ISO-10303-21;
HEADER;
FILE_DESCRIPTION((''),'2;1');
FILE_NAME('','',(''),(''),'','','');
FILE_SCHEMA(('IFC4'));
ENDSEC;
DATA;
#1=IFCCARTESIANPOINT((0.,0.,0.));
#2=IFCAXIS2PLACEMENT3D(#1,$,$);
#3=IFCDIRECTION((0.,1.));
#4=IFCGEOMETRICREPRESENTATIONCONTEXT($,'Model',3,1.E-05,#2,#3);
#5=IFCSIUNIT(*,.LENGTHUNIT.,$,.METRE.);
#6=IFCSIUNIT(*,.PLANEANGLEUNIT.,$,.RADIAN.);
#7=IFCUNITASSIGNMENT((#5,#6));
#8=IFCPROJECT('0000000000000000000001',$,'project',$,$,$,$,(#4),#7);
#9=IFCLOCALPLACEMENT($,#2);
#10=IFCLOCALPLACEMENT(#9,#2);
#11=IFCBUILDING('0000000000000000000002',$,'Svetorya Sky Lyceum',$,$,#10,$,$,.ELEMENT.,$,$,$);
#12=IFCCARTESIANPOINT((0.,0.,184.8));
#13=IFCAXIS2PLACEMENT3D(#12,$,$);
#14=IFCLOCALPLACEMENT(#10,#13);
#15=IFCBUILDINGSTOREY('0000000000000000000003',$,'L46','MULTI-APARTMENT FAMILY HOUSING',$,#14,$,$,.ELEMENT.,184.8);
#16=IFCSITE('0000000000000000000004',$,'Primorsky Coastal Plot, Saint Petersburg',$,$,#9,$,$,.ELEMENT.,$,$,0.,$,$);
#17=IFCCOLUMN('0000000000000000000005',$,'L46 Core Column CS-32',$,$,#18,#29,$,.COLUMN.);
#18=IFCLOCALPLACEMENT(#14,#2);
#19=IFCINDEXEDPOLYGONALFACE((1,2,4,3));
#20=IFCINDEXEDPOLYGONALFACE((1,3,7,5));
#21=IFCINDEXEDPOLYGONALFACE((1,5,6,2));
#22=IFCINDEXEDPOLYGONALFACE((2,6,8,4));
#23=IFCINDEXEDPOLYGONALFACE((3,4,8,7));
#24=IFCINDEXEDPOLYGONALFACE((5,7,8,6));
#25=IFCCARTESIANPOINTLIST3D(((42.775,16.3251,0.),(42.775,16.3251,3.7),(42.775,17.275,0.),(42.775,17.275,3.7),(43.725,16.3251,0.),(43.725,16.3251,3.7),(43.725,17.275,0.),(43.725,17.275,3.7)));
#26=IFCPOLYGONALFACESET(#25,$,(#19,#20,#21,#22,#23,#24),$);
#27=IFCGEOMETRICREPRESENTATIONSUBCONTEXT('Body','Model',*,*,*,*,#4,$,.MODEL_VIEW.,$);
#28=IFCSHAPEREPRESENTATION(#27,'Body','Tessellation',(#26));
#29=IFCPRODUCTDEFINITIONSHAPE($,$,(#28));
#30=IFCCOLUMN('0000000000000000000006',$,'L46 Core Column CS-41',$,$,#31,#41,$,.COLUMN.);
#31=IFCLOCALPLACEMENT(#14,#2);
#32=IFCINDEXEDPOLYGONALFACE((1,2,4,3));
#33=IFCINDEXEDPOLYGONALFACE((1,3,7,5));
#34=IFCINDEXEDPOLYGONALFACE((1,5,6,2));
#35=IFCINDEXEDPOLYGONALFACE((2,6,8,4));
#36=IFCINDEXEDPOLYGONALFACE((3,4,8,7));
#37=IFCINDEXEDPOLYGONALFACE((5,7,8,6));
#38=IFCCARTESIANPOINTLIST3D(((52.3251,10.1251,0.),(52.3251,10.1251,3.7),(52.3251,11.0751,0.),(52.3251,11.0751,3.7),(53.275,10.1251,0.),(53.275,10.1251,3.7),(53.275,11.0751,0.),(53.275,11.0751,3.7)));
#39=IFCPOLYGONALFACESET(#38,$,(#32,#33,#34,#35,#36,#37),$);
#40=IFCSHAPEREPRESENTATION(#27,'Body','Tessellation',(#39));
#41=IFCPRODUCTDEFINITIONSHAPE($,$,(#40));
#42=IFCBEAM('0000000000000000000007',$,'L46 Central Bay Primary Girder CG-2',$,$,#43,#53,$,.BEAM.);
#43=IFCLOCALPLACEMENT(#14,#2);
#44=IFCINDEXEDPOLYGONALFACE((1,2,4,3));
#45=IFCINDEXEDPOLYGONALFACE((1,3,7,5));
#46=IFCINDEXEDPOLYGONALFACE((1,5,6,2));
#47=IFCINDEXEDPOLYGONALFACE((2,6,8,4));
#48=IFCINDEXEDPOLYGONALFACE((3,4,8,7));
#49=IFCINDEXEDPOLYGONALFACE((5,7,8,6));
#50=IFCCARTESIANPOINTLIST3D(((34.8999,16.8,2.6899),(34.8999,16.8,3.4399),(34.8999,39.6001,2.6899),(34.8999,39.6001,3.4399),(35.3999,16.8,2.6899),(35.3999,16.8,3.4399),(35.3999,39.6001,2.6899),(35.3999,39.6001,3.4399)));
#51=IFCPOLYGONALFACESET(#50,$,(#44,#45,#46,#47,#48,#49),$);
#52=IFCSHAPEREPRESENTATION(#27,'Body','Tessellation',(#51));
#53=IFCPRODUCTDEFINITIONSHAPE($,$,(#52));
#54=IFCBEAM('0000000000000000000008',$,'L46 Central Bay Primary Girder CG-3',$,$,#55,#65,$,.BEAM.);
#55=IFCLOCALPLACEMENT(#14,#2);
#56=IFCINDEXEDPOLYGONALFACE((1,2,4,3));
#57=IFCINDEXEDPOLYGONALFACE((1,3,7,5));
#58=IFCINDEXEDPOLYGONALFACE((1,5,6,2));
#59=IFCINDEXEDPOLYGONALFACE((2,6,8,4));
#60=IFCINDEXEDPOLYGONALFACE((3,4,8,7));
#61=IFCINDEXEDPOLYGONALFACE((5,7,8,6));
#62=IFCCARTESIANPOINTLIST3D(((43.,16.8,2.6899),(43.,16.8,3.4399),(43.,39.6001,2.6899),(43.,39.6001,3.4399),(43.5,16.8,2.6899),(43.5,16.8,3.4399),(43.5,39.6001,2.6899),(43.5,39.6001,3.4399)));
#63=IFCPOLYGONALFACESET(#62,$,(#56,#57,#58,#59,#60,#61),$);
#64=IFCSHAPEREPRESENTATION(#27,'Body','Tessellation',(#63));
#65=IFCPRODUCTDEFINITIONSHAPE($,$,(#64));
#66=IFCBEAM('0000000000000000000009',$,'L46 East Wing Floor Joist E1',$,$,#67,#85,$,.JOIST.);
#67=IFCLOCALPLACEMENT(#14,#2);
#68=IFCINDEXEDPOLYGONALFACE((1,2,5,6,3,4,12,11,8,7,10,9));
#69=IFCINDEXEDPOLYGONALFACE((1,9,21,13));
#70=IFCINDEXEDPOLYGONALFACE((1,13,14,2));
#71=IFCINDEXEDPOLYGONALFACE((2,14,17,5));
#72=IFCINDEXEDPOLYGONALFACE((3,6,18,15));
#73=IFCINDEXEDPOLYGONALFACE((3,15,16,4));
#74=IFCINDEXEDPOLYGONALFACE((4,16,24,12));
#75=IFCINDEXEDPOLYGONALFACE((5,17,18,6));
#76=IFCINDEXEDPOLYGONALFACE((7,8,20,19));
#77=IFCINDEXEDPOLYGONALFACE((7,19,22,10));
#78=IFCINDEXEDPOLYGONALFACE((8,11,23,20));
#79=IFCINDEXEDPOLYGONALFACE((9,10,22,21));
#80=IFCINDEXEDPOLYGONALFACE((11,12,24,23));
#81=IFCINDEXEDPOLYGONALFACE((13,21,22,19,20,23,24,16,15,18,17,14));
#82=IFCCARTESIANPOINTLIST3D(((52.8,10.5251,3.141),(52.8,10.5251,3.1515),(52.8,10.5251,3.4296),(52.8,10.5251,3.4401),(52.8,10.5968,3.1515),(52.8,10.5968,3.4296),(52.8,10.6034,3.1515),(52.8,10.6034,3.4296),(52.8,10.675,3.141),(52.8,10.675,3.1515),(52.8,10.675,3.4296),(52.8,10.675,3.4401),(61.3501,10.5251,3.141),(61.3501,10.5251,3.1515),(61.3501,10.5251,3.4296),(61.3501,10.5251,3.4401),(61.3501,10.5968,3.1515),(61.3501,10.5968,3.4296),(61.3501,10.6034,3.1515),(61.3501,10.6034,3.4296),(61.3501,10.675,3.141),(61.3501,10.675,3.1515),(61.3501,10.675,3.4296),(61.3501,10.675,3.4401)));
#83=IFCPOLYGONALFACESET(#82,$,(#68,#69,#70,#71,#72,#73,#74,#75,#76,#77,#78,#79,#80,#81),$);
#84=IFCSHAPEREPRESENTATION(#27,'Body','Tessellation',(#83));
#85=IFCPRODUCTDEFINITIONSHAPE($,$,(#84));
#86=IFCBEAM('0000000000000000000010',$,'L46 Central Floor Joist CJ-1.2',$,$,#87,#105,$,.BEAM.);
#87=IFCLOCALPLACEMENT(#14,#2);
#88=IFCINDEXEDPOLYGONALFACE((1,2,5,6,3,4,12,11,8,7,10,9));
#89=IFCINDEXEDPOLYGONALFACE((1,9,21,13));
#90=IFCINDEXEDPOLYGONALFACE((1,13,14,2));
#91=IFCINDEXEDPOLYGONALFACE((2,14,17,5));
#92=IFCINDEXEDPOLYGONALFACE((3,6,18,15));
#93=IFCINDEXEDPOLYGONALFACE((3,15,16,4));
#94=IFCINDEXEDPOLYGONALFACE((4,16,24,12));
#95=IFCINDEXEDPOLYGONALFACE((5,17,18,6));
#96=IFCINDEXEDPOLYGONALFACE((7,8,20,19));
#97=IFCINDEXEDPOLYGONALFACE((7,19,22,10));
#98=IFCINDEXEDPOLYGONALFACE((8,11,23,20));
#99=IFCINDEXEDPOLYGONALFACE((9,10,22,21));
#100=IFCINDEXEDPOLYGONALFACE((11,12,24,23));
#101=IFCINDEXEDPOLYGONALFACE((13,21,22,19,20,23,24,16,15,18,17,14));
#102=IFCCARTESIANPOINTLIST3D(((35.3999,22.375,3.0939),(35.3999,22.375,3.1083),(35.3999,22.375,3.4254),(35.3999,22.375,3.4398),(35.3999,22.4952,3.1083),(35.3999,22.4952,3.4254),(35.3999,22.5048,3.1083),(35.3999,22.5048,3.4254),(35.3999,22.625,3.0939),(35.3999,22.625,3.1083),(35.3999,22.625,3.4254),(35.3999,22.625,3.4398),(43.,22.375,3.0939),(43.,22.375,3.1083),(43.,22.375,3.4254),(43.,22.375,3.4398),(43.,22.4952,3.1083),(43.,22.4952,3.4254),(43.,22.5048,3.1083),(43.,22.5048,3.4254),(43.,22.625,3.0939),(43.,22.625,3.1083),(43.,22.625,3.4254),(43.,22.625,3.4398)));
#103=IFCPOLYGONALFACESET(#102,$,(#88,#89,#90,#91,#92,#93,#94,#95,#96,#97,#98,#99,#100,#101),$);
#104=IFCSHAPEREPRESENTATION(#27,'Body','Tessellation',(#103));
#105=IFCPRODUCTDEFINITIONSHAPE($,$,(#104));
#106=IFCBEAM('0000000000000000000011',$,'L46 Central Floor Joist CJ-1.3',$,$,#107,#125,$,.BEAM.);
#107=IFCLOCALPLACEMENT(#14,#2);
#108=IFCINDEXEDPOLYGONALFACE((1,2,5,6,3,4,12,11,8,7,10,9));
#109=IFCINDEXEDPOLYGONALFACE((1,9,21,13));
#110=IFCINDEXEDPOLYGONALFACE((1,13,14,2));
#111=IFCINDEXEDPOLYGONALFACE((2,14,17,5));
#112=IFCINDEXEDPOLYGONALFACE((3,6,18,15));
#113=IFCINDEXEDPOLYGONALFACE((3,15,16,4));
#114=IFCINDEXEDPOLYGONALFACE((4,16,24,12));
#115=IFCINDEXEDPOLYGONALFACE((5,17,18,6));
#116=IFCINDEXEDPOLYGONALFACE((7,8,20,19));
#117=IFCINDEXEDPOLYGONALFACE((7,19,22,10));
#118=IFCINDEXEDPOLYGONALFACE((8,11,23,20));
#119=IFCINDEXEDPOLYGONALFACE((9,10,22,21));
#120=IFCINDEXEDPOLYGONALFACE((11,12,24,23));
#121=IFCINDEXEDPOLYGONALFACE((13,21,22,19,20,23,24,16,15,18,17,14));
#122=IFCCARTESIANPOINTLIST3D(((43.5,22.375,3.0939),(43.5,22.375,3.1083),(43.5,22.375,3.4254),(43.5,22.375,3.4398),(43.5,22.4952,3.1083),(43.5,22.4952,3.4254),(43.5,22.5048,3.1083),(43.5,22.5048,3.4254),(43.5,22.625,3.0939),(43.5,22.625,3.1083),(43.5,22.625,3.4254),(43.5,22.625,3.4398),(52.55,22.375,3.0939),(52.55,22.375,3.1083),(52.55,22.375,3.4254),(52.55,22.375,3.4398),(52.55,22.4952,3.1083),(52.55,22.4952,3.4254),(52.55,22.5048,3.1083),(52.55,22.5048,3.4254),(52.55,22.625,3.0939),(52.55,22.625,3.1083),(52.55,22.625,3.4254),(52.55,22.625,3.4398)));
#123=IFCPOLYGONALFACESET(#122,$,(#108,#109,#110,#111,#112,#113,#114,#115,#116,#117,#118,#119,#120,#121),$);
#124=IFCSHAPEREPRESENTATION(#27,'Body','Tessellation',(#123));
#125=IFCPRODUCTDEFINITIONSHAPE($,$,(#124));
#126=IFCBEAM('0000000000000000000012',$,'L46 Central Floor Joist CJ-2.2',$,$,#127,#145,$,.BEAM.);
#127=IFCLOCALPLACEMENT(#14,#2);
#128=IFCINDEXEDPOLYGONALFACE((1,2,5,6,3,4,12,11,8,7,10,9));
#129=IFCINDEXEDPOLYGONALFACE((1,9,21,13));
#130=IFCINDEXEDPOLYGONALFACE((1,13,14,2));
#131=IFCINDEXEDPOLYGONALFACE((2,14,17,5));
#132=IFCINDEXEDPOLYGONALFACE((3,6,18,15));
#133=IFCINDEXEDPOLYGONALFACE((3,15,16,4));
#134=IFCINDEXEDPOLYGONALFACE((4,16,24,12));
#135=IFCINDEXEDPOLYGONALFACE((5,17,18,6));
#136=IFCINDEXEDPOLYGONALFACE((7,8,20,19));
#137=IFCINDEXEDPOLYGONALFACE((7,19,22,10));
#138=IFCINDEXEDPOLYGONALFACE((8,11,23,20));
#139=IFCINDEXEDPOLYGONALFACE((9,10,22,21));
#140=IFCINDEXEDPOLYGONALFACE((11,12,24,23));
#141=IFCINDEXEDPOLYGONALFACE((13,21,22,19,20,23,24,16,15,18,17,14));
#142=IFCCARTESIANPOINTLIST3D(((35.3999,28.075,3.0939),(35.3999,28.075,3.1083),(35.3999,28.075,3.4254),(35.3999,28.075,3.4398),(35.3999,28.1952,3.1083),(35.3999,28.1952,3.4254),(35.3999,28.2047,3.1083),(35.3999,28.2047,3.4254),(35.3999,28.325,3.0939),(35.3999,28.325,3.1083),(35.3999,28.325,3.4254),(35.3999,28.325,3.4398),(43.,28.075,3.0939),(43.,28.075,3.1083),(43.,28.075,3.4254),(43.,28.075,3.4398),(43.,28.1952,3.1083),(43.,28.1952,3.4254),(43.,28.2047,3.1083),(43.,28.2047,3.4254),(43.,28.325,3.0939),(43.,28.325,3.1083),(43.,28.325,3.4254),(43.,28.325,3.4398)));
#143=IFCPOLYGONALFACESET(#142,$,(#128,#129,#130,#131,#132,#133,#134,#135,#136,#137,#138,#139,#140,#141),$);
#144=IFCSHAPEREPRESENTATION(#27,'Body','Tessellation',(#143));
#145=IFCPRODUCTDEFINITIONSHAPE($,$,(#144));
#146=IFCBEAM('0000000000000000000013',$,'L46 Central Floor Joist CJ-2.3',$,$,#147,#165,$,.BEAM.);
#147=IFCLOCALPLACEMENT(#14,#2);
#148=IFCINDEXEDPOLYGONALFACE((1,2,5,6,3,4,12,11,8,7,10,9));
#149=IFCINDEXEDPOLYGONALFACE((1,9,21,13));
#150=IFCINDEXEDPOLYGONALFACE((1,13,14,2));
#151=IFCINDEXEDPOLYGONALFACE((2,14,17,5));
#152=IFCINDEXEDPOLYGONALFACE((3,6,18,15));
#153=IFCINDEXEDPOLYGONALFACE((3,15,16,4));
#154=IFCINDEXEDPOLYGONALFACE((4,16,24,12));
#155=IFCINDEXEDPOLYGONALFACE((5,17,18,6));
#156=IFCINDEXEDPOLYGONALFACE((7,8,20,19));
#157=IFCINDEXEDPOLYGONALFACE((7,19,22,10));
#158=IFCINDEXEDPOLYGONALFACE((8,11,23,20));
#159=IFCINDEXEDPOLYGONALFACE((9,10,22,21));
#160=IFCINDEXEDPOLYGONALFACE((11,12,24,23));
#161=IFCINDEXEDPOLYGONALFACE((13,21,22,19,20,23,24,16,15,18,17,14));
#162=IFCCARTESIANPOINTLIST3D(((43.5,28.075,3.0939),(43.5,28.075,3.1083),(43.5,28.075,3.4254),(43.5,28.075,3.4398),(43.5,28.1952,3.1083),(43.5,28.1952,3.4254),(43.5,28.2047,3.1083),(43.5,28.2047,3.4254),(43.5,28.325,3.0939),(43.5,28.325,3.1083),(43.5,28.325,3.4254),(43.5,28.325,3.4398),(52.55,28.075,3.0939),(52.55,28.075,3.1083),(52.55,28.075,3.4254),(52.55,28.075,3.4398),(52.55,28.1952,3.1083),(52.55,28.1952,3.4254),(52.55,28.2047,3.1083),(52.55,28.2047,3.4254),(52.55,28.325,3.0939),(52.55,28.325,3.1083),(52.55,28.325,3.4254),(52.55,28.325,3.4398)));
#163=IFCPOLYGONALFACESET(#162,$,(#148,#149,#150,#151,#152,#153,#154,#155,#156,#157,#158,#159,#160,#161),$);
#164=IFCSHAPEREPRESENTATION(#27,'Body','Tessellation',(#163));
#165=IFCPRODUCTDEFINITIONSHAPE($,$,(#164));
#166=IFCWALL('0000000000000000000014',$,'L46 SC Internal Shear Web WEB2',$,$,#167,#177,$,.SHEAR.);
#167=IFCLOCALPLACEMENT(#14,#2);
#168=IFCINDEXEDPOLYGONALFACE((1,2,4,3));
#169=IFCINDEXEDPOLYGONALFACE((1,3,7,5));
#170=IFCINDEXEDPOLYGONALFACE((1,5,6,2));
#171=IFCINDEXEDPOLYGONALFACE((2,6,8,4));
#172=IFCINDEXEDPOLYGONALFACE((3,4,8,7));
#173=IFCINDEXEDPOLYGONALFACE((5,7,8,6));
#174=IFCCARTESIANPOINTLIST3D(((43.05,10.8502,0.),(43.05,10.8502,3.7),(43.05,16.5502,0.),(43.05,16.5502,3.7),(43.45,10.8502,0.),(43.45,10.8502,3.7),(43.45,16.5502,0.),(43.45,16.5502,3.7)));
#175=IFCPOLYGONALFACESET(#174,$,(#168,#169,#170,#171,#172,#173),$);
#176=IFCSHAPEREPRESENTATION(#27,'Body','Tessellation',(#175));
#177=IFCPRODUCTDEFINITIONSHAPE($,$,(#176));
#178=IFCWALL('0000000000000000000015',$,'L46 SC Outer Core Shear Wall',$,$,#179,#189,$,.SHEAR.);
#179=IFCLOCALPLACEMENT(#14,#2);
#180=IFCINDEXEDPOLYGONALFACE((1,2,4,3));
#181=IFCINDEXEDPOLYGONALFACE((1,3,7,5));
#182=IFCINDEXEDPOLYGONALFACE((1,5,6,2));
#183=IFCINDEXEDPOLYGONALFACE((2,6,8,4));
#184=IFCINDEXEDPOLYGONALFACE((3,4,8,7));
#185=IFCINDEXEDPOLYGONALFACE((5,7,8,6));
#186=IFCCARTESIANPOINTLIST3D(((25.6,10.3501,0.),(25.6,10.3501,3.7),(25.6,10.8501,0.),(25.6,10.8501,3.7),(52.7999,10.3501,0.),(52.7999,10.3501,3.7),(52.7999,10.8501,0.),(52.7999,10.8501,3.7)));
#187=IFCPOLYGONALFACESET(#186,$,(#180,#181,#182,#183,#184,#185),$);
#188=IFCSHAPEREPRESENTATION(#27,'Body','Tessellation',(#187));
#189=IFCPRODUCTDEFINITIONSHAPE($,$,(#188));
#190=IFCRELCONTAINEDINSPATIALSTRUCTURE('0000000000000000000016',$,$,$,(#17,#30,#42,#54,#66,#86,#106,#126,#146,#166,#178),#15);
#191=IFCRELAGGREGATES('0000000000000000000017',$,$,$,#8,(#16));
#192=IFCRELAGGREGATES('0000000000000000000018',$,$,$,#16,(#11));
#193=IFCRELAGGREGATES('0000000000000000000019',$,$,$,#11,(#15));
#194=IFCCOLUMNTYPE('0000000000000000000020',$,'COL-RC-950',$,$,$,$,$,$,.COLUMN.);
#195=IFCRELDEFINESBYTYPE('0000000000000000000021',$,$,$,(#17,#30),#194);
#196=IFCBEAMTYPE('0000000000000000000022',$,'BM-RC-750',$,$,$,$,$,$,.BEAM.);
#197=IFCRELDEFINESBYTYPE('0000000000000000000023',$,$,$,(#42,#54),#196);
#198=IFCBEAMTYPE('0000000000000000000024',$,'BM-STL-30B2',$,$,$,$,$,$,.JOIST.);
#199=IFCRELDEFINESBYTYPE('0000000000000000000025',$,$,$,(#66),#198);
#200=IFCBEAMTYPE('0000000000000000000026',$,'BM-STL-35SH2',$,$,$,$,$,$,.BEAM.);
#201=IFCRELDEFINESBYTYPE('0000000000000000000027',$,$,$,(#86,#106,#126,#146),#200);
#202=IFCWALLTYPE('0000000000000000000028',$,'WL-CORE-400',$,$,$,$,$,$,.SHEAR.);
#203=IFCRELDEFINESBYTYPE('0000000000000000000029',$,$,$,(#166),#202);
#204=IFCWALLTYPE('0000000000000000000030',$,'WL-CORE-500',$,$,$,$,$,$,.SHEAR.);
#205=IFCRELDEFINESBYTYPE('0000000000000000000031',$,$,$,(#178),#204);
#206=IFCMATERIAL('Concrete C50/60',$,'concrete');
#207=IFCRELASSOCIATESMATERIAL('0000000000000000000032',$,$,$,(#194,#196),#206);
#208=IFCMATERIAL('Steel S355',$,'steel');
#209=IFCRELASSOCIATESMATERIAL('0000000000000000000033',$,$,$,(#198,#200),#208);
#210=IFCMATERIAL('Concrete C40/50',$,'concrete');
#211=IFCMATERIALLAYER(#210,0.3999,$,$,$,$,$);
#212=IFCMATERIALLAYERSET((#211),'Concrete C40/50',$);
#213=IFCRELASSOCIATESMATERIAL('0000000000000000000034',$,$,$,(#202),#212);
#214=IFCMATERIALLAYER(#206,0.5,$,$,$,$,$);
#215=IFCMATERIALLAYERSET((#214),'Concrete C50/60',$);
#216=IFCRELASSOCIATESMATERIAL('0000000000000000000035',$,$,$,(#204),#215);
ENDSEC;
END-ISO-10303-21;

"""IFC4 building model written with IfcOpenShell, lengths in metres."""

from ifc_helpers import new_model, si_unit, direction, frame, frame_2d, origin, origin_2d, place, context, subcontext, project, spatial, rectangle, i_section, extrude, material, layer, layer_set, material_profile, profile_set, type_object, element, save


model = new_model("IFC4")

# Units and contexts
model_context = context("Model", 3, precision=1e-05, world=origin(), true_north=direction((0.0, 1.0)))
body_context = subcontext(model_context, "Body", "Model", "MODEL_VIEW")
ifc_project = project(units=[si_unit("LENGTHUNIT", "METRE"), si_unit("PLANEANGLEUNIT", "RADIAN")], contexts=[model_context])

# Site, building, storey
site_placement = place(None, origin())
site = spatial("IfcSite", under=ifc_project, at=site_placement, Name="Primorsky Coastal Plot, Saint Petersburg", CompositionType="ELEMENT", RefElevation=0.0)
building_placement = place(site_placement, origin())
building = spatial("IfcBuilding", under=site, at=building_placement, Name="Svetorya Sky Lyceum", CompositionType="ELEMENT")
storey_placement = place(building_placement, frame((0.0, 0.0, 184.8)))
storey = spatial("IfcBuildingStorey", under=building, at=storey_placement, Name="L46", Description="MULTI-APARTMENT FAMILY HOUSING", CompositionType="ELEMENT", Elevation=184.8)

# Columns
ifc_material_1 = material(Name="Concrete C50/60", Category="concrete")
ifc_material_profile_1 = material_profile(ifc_material_1, rectangle(XDim=0.95, YDim=0.95, at=origin_2d()), Name="RC COL 950x950")
ifc_profile_set_1 = profile_set([ifc_material_profile_1], Name="Concrete C50/60")
column_type = type_object("IfcColumnType", Name="COL-RC-950", PredefinedType="COLUMN", material=ifc_profile_set_1)
for number, where, z_axis, x_axis, name in (
    (1, (43.25, 16.8, 0.0), (0.0, 0.0, 1.0), (1.0, 0.0, 0.0), "L46 Core Column CS-32"),
    (2, (52.8, 10.6001, 0.0), (0.0, 0.0, 1.0), (1.0, 0.0, 0.0), "L46 Core Column CS-41"),
):
    element("IfcColumn", number, at=place(storey_placement, frame(where, z_axis=z_axis, x_axis=x_axis)), inside=storey, type_object=column_type, Name=name, PredefinedType="COLUMN", context=body_context, shape_type="SweptSolid", body=[
        extrude(rectangle(XDim=0.95, YDim=0.95, at=origin_2d()), origin(), (0.0, 0.0, 1.0), 3.7),
    ])

# Beams
ifc_material_profile_2 = material_profile(ifc_material_1, rectangle(XDim=0.5, YDim=0.75, at=origin_2d()), Name="RC BEAM 500x750")
ifc_profile_set_2 = profile_set([ifc_material_profile_2], Name="Concrete C50/60")
beam_type_1 = type_object("IfcBeamType", Name="BM-RC-750", PredefinedType="BEAM", material=ifc_profile_set_2)
for number, where, z_axis, x_axis, name in (
    (3, (35.1499, 16.8, 3.0649), (0.0, 1.0, 0.0), (-1.0, 0.0, 0.0), "L46 Central Bay Primary Girder CG-2"),
    (4, (43.25, 16.8, 3.0649), (0.0, 1.0, 0.0), (-1.0, 0.0, 0.0), "L46 Central Bay Primary Girder CG-3"),
):
    element("IfcBeam", number, at=place(storey_placement, frame(where, z_axis=z_axis, x_axis=x_axis)), inside=storey, type_object=beam_type_1, Name=name, PredefinedType="BEAM", context=body_context, shape_type="SweptSolid", body=[
        extrude(rectangle(XDim=0.5, YDim=0.75, at=origin_2d()), origin(), (0.0, 0.0, 1.0), 22.8),
    ])
ifc_material_2 = material(Name="Steel S355", Category="steel")
ifc_material_profile_3 = material_profile(ifc_material_2, i_section(OverallWidth=0.1499, OverallDepth=0.2991, WebThickness=0.0066, FlangeThickness=0.0105, at=origin_2d()), Name="GOST 30B2")
ifc_profile_set_3 = profile_set([ifc_material_profile_3], Name="Steel S355")
beam_type_2 = type_object("IfcBeamType", Name="BM-STL-30B2", PredefinedType="JOIST", material=ifc_profile_set_3)
beam_1_placement = place(storey_placement, frame((52.8, 10.6001, 3.2905), z_axis=(1.0, 0.0, 0.0), x_axis=(0.0, 1.0, 0.0)))
element("IfcBeam", 5, at=beam_1_placement, inside=storey, type_object=beam_type_2, Name="L46 East Wing Floor Joist E1", PredefinedType="JOIST", context=body_context, shape_type="SweptSolid", body=[
    extrude(i_section(OverallWidth=0.1499, OverallDepth=0.2991, WebThickness=0.0066, FlangeThickness=0.0105, at=origin_2d()), origin(), (0.0, 0.0, 1.0), 8.55),
])
ifc_material_profile_4 = material_profile(ifc_material_2, i_section(OverallWidth=0.25, OverallDepth=0.3459, WebThickness=0.0095, FlangeThickness=0.0144, at=origin_2d()), Name="GOST 35Sh2")
ifc_profile_set_4 = profile_set([ifc_material_profile_4], Name="Steel S355")
beam_type_3 = type_object("IfcBeamType", Name="BM-STL-35SH2", PredefinedType="BEAM", material=ifc_profile_set_4)
beam_2_placement = place(storey_placement, frame((35.3999, 22.5, 3.2668), z_axis=(1.0, 0.0, 0.0), x_axis=(0.0, 1.0, 0.0)))
element("IfcBeam", 6, at=beam_2_placement, inside=storey, type_object=beam_type_3, Name="L46 Central Floor Joist CJ-1.2", PredefinedType="BEAM", context=body_context, shape_type="SweptSolid", body=[
    extrude(i_section(OverallWidth=0.25, OverallDepth=0.3459, WebThickness=0.0095, FlangeThickness=0.0144, at=origin_2d()), origin(), (0.0, 0.0, 1.0), 7.6001),
])
beam_3_placement = place(storey_placement, frame((43.5, 22.5, 3.2668), z_axis=(1.0, 0.0, 0.0), x_axis=(0.0, 1.0, 0.0)))
element("IfcBeam", 7, at=beam_3_placement, inside=storey, type_object=beam_type_3, Name="L46 Central Floor Joist CJ-1.3", PredefinedType="BEAM", context=body_context, shape_type="SweptSolid", body=[
    extrude(i_section(OverallWidth=0.25, OverallDepth=0.3459, WebThickness=0.0095, FlangeThickness=0.0144, at=origin_2d()), origin(), (0.0, 0.0, 1.0), 9.05),
])
beam_4_placement = place(storey_placement, frame((35.3999, 28.2, 3.2668), z_axis=(1.0, 0.0, 0.0), x_axis=(0.0, 1.0, 0.0)))
element("IfcBeam", 8, at=beam_4_placement, inside=storey, type_object=beam_type_3, Name="L46 Central Floor Joist CJ-2.2", PredefinedType="BEAM", context=body_context, shape_type="SweptSolid", body=[
    extrude(i_section(OverallWidth=0.25, OverallDepth=0.3459, WebThickness=0.0095, FlangeThickness=0.0144, at=origin_2d()), origin(), (0.0, 0.0, 1.0), 7.6001),
])
beam_5_placement = place(storey_placement, frame((43.5, 28.2, 3.2668), z_axis=(1.0, 0.0, 0.0), x_axis=(0.0, 1.0, 0.0)))
element("IfcBeam", 9, at=beam_5_placement, inside=storey, type_object=beam_type_3, Name="L46 Central Floor Joist CJ-2.3", PredefinedType="BEAM", context=body_context, shape_type="SweptSolid", body=[
    extrude(i_section(OverallWidth=0.25, OverallDepth=0.3459, WebThickness=0.0095, FlangeThickness=0.0144, at=origin_2d()), origin(), (0.0, 0.0, 1.0), 9.05),
])

# Walls
ifc_material_3 = material(Name="Concrete C40/50", Category="concrete")
ifc_layer_1 = layer(ifc_material_3, 0.3999)
ifc_layer_set_1 = layer_set([ifc_layer_1], Name="Concrete C40/50")
wall_type_1 = type_object("IfcWallType", Name="WL-CORE-400", PredefinedType="SHEAR", material=ifc_layer_set_1)
wall_1_placement = place(storey_placement, frame((43.25, 10.8501, 0.0), z_axis=(0.0, 0.0, 1.0), x_axis=(0.0, 1.0, 0.0)))
element("IfcWall", 10, at=wall_1_placement, inside=storey, type_object=wall_type_1, Name="L46 SC Internal Shear Web WEB2", PredefinedType="SHEAR", context=body_context, shape_type="SweptSolid", body=[
    extrude(rectangle(XDim=5.7, YDim=0.3999, at=frame_2d((2.8501, 0.0))), origin(), (0.0, 0.0, 1.0), 3.7),
])
ifc_layer_2 = layer(ifc_material_1, 0.5)
ifc_layer_set_2 = layer_set([ifc_layer_2], Name="Concrete C50/60")
wall_type_2 = type_object("IfcWallType", Name="WL-CORE-500", PredefinedType="SHEAR", material=ifc_layer_set_2)
wall_2_placement = place(storey_placement, frame((52.8, 10.6001, 0.0), z_axis=(0.0, 0.0, 1.0), x_axis=(-1.0, 0.0, 0.0)))
element("IfcWall", 11, at=wall_2_placement, inside=storey, type_object=wall_type_2, Name="L46 SC Outer Core Shear Wall", PredefinedType="SHEAR", context=body_context, shape_type="SweptSolid", body=[
    extrude(rectangle(XDim=27.2, YDim=0.5, at=frame_2d((13.6001, 0.0))), origin(), (0.0, 0.0, 1.0), 3.7),
])

save(model, "model.ifc")
